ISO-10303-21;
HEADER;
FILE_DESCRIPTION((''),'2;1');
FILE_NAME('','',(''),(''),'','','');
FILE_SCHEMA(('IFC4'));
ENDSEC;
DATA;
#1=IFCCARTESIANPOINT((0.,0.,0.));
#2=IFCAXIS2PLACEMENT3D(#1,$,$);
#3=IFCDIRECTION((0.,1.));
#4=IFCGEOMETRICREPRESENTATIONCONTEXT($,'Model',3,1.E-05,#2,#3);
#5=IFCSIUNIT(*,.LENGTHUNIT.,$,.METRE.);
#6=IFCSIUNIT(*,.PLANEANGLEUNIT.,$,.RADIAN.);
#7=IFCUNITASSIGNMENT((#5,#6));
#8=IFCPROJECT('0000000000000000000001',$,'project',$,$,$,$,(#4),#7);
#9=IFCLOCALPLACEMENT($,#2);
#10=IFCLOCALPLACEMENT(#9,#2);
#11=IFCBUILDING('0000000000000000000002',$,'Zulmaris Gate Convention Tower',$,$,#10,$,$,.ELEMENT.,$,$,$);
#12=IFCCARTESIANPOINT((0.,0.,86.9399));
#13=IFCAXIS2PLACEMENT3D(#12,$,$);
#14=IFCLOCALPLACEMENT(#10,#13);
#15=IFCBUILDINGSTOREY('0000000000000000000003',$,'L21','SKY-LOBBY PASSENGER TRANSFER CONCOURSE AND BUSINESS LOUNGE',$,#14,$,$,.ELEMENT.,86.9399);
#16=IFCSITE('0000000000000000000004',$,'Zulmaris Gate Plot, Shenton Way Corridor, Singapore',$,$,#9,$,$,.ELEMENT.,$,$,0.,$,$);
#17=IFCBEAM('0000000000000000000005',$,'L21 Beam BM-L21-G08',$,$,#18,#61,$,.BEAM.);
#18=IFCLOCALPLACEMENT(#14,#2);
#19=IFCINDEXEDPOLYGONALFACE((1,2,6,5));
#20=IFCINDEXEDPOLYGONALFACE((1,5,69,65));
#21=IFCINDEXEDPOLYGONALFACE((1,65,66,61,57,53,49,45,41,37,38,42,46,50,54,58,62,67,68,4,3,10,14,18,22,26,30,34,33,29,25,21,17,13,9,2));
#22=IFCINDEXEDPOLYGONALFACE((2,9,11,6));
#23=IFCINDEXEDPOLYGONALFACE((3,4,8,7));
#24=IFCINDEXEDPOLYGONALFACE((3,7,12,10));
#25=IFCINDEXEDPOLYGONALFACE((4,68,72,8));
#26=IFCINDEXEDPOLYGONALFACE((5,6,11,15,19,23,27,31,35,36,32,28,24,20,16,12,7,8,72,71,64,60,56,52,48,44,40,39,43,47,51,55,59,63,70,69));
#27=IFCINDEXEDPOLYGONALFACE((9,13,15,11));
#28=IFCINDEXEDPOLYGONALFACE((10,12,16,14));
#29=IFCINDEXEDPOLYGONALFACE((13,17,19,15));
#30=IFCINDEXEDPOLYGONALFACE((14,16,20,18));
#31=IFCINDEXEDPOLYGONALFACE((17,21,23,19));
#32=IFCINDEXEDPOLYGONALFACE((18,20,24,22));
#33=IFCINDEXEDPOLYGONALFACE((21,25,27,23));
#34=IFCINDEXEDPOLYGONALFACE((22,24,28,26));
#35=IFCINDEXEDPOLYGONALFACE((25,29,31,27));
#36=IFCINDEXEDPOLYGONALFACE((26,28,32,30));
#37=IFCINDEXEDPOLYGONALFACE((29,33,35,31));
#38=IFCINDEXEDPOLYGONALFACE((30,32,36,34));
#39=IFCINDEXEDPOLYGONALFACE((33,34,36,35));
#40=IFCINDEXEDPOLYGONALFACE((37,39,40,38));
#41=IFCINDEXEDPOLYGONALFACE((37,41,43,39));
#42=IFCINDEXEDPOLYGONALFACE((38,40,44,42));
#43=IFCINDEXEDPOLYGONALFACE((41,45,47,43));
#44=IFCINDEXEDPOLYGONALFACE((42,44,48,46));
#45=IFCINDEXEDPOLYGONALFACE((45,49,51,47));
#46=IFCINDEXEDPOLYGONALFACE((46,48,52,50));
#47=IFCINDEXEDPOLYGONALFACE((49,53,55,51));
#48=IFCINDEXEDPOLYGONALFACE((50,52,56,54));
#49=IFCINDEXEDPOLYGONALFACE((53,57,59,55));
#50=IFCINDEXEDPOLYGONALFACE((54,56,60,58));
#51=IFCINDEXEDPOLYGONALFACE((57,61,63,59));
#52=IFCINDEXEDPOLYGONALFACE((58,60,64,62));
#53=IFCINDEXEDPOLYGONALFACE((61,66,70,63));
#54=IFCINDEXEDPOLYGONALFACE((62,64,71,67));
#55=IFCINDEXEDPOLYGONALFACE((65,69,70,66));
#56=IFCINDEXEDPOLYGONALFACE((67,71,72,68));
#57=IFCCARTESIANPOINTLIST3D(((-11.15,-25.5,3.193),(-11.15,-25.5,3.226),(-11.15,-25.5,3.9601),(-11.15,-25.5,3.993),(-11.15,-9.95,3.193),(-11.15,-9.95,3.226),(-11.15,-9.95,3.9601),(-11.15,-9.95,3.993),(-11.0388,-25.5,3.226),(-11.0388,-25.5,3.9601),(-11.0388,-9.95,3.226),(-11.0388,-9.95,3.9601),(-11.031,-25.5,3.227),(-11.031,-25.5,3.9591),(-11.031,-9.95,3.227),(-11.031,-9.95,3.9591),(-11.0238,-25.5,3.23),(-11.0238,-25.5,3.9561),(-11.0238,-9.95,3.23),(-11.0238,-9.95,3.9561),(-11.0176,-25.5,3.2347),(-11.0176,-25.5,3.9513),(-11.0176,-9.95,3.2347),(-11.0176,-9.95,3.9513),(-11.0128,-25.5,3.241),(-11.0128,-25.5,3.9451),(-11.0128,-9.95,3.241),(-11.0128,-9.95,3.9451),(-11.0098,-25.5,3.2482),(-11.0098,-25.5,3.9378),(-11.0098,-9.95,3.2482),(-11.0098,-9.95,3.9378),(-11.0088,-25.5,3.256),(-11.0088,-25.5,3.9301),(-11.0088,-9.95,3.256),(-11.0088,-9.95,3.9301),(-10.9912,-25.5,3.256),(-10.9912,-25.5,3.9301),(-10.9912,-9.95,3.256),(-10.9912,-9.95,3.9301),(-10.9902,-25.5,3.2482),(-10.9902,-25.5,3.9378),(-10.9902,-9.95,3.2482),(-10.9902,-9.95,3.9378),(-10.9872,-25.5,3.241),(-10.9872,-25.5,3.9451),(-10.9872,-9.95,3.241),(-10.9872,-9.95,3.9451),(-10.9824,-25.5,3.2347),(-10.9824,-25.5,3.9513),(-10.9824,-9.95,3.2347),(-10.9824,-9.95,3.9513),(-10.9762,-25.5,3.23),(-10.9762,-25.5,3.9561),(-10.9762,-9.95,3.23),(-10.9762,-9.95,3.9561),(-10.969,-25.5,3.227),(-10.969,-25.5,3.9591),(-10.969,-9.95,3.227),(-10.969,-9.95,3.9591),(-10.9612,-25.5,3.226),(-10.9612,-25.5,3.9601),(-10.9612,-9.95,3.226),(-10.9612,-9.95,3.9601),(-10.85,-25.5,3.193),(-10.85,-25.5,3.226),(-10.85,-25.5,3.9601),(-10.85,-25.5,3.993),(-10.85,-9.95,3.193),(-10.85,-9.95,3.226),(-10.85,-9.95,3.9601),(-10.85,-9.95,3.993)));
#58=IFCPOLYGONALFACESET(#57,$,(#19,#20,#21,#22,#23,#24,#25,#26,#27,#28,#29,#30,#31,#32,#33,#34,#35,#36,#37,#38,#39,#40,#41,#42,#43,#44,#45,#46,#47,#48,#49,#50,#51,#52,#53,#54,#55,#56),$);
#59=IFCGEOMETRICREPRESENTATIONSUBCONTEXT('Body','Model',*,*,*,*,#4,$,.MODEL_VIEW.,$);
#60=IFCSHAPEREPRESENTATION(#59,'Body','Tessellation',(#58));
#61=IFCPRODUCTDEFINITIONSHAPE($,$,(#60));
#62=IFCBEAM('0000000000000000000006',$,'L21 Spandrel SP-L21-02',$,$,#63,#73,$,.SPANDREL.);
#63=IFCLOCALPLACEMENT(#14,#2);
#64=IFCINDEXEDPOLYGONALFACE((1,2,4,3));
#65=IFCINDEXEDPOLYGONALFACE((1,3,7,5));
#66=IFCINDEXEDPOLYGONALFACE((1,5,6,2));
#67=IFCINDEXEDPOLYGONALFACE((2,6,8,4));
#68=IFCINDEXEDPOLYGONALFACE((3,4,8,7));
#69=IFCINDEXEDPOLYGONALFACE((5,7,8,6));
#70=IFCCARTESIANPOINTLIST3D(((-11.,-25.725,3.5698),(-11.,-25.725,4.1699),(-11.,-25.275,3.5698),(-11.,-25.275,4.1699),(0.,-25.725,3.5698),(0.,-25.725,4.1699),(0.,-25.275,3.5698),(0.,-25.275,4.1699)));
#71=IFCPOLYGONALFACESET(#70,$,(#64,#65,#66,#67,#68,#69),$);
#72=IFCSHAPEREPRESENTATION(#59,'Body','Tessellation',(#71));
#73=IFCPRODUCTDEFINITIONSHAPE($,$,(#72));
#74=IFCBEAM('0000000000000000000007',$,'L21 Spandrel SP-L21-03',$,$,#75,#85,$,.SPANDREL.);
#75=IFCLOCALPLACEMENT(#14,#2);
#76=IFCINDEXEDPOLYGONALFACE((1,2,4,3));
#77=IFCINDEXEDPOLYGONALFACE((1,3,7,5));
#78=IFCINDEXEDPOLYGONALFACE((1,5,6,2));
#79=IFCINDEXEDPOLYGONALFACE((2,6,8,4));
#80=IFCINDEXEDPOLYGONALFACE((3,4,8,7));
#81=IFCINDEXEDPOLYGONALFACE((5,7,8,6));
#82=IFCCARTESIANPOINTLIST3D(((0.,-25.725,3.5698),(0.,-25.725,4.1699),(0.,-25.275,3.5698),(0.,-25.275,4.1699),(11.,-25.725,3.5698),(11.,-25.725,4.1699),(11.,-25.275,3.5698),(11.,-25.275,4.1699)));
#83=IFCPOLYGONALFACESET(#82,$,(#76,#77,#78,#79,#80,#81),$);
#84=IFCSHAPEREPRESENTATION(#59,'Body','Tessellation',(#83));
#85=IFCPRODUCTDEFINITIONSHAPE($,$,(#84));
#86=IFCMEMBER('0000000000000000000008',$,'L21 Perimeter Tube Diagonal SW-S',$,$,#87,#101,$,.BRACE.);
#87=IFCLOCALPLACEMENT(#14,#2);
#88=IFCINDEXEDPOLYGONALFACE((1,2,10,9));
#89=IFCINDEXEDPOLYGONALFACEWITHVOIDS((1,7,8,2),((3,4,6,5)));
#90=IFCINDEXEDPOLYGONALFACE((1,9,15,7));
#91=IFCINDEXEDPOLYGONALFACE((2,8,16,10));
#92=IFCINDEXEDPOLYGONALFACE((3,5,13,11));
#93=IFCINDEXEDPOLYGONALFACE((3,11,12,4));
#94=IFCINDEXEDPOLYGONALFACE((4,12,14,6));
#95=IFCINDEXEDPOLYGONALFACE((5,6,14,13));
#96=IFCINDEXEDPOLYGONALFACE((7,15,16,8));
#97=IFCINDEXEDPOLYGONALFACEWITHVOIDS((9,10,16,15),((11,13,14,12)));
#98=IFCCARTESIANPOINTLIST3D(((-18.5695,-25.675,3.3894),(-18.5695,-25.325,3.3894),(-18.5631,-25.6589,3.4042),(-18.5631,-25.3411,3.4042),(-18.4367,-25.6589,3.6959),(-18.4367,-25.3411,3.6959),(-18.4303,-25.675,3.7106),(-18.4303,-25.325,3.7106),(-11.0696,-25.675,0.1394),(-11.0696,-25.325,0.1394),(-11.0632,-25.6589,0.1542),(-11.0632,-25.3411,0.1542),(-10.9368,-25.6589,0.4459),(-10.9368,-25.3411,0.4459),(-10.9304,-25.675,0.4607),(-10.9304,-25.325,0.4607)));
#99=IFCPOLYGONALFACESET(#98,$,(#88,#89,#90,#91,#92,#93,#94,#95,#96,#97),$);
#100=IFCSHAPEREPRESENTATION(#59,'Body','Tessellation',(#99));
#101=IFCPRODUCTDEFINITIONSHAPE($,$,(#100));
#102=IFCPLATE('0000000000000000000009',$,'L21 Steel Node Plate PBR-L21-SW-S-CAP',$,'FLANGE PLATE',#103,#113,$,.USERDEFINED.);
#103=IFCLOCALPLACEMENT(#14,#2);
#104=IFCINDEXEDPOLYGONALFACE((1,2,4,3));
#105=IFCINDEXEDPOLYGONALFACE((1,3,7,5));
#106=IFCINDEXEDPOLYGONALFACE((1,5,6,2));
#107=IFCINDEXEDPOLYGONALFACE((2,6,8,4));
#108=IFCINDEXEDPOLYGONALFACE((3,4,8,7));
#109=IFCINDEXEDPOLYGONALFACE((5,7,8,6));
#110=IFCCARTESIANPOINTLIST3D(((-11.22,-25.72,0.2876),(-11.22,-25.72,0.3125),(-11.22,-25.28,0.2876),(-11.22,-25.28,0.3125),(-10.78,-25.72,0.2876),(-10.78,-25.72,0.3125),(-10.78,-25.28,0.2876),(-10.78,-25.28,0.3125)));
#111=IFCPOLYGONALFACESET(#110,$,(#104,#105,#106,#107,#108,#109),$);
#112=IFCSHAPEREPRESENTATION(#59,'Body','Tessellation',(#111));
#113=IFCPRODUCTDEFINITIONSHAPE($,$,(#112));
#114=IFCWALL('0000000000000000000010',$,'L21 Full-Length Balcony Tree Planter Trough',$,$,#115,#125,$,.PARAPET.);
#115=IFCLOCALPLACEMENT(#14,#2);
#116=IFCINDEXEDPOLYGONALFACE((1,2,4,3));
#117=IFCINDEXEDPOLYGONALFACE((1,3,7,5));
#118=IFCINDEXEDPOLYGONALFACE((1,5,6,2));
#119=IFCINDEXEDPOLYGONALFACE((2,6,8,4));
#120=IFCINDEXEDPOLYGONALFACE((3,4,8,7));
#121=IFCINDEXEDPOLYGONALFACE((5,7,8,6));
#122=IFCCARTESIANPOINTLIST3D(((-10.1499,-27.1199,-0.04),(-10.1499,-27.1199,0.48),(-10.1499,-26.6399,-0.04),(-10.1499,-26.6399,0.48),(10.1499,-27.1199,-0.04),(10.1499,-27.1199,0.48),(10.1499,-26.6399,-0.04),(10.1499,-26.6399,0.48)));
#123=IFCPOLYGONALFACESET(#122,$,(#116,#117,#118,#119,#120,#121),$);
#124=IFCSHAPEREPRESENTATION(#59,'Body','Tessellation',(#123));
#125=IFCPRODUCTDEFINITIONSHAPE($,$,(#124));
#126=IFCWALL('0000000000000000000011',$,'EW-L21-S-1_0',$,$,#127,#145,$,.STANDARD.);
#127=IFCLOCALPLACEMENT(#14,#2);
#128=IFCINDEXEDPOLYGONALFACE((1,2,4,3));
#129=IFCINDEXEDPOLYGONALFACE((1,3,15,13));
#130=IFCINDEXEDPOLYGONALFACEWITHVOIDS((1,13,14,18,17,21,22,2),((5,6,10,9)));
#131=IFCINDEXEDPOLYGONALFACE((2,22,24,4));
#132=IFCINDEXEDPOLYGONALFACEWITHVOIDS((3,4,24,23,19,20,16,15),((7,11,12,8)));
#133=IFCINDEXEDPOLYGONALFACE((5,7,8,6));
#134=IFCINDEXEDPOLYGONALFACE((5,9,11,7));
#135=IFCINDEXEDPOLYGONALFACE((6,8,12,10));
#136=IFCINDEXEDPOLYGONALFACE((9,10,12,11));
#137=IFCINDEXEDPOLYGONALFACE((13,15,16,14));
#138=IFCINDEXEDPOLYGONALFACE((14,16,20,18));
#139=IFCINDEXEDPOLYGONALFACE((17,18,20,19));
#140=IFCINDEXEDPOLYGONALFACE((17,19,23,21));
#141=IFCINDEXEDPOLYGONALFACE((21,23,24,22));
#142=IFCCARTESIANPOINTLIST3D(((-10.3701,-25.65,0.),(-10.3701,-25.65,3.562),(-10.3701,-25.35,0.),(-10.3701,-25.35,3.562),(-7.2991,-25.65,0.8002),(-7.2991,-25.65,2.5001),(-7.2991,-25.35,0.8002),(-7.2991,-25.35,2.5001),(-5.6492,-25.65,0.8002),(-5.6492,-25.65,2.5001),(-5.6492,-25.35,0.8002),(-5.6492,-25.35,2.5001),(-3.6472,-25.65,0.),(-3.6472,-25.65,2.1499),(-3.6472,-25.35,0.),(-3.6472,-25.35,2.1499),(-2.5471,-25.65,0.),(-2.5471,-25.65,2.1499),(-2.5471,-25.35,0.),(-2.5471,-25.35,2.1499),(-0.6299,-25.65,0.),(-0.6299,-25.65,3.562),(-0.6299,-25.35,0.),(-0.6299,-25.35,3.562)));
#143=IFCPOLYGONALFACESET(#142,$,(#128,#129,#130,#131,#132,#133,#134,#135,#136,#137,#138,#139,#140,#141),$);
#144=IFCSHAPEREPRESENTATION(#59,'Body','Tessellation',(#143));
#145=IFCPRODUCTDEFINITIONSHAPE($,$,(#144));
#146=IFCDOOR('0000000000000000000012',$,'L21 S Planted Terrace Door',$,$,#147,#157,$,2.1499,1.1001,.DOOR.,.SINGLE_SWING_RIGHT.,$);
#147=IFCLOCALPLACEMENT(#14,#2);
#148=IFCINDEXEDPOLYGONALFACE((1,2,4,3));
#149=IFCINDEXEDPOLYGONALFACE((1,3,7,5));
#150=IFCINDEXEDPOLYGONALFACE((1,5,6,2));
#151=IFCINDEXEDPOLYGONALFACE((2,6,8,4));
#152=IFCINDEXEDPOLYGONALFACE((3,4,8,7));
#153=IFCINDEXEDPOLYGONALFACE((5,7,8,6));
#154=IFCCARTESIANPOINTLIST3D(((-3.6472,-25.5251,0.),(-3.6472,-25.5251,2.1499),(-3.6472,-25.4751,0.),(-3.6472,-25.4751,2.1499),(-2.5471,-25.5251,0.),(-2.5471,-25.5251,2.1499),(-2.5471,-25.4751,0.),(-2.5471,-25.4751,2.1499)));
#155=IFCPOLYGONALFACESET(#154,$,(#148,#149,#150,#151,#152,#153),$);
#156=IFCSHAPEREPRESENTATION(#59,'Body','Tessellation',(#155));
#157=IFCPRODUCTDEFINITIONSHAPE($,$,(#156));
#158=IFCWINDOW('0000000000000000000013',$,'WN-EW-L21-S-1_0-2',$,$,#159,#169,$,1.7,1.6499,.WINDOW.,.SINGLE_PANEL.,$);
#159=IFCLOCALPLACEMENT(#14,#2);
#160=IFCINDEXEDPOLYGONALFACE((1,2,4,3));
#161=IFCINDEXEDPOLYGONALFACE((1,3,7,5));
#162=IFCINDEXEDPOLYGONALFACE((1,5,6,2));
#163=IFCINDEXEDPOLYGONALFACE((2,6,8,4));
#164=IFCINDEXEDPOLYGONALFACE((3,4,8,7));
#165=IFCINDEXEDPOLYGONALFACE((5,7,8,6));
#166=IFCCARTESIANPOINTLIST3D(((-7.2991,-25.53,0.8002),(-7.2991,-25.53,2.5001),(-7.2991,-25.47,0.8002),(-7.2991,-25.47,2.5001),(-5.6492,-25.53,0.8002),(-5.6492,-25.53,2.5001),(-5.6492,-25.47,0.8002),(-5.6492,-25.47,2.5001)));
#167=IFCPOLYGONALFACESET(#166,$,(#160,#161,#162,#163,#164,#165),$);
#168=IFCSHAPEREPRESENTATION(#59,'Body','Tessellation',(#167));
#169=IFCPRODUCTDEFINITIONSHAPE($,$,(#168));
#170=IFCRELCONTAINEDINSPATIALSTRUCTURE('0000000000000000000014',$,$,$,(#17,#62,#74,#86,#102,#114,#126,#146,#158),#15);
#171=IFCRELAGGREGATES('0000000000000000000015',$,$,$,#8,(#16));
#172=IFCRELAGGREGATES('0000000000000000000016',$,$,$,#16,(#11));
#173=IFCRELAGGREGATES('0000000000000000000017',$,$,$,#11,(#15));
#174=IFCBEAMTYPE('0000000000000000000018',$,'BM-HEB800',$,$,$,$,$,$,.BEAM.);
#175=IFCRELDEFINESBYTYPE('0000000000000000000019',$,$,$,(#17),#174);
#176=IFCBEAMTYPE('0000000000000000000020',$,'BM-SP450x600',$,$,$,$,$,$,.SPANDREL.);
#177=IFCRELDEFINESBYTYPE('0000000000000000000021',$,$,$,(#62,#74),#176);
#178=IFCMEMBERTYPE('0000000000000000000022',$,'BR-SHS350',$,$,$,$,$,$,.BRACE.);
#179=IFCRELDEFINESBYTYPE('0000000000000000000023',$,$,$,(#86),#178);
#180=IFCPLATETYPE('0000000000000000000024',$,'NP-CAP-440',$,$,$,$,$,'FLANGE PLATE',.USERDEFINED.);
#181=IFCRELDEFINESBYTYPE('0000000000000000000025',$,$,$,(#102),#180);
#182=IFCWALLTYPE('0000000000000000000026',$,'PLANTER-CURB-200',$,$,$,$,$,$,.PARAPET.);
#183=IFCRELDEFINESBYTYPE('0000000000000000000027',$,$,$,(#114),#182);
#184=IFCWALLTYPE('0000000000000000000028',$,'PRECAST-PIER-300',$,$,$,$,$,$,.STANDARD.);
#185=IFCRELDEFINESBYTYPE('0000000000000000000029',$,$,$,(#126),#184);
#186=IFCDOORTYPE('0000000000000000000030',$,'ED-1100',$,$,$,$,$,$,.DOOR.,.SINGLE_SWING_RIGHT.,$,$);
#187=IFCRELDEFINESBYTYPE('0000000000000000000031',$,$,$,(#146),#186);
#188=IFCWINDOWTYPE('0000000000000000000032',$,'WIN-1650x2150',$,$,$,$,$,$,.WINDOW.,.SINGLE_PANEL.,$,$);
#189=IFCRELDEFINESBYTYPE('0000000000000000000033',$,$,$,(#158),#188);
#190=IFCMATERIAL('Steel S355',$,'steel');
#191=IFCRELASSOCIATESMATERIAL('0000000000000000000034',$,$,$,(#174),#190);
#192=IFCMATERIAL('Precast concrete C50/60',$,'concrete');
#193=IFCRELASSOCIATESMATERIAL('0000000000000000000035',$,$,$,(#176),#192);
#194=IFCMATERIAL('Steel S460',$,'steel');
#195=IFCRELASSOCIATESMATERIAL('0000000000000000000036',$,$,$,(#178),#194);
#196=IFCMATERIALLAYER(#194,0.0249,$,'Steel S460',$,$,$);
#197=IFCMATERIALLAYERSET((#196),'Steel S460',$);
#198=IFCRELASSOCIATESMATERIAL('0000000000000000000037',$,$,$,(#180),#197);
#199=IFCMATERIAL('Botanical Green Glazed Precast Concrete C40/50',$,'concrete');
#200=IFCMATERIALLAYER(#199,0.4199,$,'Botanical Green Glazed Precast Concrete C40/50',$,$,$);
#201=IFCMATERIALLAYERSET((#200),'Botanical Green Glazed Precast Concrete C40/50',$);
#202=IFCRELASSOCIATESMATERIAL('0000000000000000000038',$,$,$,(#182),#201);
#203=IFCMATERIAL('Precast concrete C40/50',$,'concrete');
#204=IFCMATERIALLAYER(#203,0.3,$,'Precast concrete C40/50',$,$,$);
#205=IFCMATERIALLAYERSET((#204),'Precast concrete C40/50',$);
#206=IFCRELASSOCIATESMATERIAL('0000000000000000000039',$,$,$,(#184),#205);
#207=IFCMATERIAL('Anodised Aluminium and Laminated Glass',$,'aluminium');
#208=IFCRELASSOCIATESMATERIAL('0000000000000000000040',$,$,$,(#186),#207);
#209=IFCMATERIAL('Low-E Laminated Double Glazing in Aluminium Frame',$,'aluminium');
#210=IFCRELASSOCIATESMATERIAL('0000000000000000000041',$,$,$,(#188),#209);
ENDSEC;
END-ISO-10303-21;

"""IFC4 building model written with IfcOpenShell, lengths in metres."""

from ifc_helpers import new_model, si_unit, direction, frame, frame_2d, origin, origin_2d, place, context, subcontext, project, spatial, rectangle, hollow_rectangle, i_section, extrude, material, layer, layer_set, material_profile, profile_set, type_object, element, fill, save


model = new_model("IFC4")

# Units and contexts
model_context = context("Model", 3, precision=1e-05, world=origin(), true_north=direction((0.0, 1.0)))
body_context = subcontext(model_context, "Body", "Model", "MODEL_VIEW")
ifc_project = project(units=[si_unit("LENGTHUNIT", "METRE"), si_unit("PLANEANGLEUNIT", "RADIAN")], contexts=[model_context])

# Site, building, storey
site_placement = place(None, origin())
site = spatial("IfcSite", under=ifc_project, at=site_placement, Name="Zulmaris Gate Plot, Shenton Way Corridor, Singapore", CompositionType="ELEMENT", RefElevation=0.0)
building_placement = place(site_placement, origin())
building = spatial("IfcBuilding", under=site, at=building_placement, Name="Zulmaris Gate Convention Tower", CompositionType="ELEMENT")
storey_placement = place(building_placement, frame((0.0, 0.0, 86.9399)))
storey = spatial("IfcBuildingStorey", under=building, at=storey_placement, Name="L21", Description="SKY-LOBBY PASSENGER TRANSFER CONCOURSE AND BUSINESS LOUNGE", CompositionType="ELEMENT", Elevation=86.9399)

# Beams
ifc_material_1 = material(Name="Steel S355", Category="steel")
ifc_material_profile_1 = material_profile(ifc_material_1, i_section(OverallWidth=0.3, OverallDepth=0.8, WebThickness=0.0176, FlangeThickness=0.033, FilletRadius=0.03, at=origin_2d()), Name="HEB 800")
ifc_profile_set_1 = profile_set([ifc_material_profile_1], Name="Steel S355")
beam_type_1 = type_object("IfcBeamType", Name="BM-HEB800", PredefinedType="BEAM", material=ifc_profile_set_1)
beam_1_placement = place(storey_placement, frame((-11.0, -25.5, 3.593), z_axis=(0.0, 1.0, 0.0), x_axis=(-1.0, 0.0, 0.0)))
element("IfcBeam", 1, at=beam_1_placement, inside=storey, type_object=beam_type_1, Name="L21 Beam BM-L21-G08", PredefinedType="BEAM", context=body_context, shape_type="SweptSolid", body=[
    extrude(i_section(OverallWidth=0.3, OverallDepth=0.8, WebThickness=0.0176, FlangeThickness=0.033, FilletRadius=0.03, at=origin_2d()), origin(), (0.0, 0.0, 1.0), 15.55),
])
ifc_material_2 = material(Name="Precast concrete C50/60", Category="concrete")
ifc_material_profile_2 = material_profile(ifc_material_2, rectangle(XDim=0.45, YDim=0.6001, at=origin_2d()), Name="RC SPANDREL 450x600")
ifc_profile_set_2 = profile_set([ifc_material_profile_2], Name="Precast concrete C50/60")
beam_type_2 = type_object("IfcBeamType", Name="BM-SP450x600", PredefinedType="SPANDREL", material=ifc_profile_set_2)
for number, where, z_axis, x_axis, name in (
    (2, (-11.0, -25.5, 3.8699), (1.0, 0.0, 0.0), (0.0, 1.0, 0.0), "L21 Spandrel SP-L21-02"),
    (3, (0.0, -25.5, 3.8699), (1.0, 0.0, 0.0), (0.0, 1.0, 0.0), "L21 Spandrel SP-L21-03"),
):
    element("IfcBeam", number, at=place(storey_placement, frame(where, z_axis=z_axis, x_axis=x_axis)), inside=storey, type_object=beam_type_2, Name=name, PredefinedType="SPANDREL", context=body_context, shape_type="SweptSolid", body=[
        extrude(rectangle(XDim=0.45, YDim=0.6001, at=origin_2d()), origin(), (0.0, 0.0, 1.0), 11.0),
    ])

# Member
ifc_material_3 = material(Name="Steel S460", Category="steel")
ifc_material_profile_3 = material_profile(ifc_material_3, hollow_rectangle(XDim=0.3501, YDim=0.3501, WallThickness=0.0161, at=origin_2d()), Name="SHS 350x350x16")
ifc_profile_set_3 = profile_set([ifc_material_profile_3], Name="Steel S460")
member_type = type_object("IfcMemberType", Name="BR-SHS350", PredefinedType="BRACE", material=ifc_profile_set_3)
member_placement = place(storey_placement, frame((-11.0, -25.5, 0.3), z_axis=(-0.917556, 0.0, 0.397607), x_axis=(0.0, -1.0, 0.0)))
element("IfcMember", 4, at=member_placement, inside=storey, type_object=member_type, Name="L21 Perimeter Tube Diagonal SW-S", PredefinedType="BRACE", context=body_context, shape_type="SweptSolid", body=[
    extrude(hollow_rectangle(XDim=0.3501, YDim=0.3501, WallThickness=0.0161, at=origin_2d()), origin(), (0.0, 0.0, 1.0), 8.1738),
])

# Plate
ifc_layer_1 = layer(ifc_material_3, 0.0249, Name="Steel S460")
ifc_layer_set_1 = layer_set([ifc_layer_1], Name="Steel S460")
plate_type = type_object("IfcPlateType", Name="NP-CAP-440", ElementType="FLANGE PLATE", PredefinedType="USERDEFINED", material=ifc_layer_set_1)
plate_placement = place(storey_placement, frame((-11.0, -25.5, 0.2876), z_axis=(0.0, 0.0, 1.0), x_axis=(1.0, 0.0, 0.0)))
element("IfcPlate", 5, at=plate_placement, inside=storey, type_object=plate_type, Name="L21 Steel Node Plate PBR-L21-SW-S-CAP", ObjectType="FLANGE PLATE", PredefinedType="USERDEFINED", context=body_context, shape_type="SweptSolid", body=[
    extrude(rectangle(XDim=0.4399, YDim=0.4399, at=origin_2d()), origin(), (0.0, 0.0, 1.0), 0.0249),
])

# Wall
ifc_material_4 = material(Name="Botanical Green Glazed Precast Concrete C40/50", Category="concrete")
ifc_layer_2 = layer(ifc_material_4, 0.4199, Name="Botanical Green Glazed Precast Concrete C40/50")
ifc_layer_set_2 = layer_set([ifc_layer_2], Name="Botanical Green Glazed Precast Concrete C40/50")
wall_type_1 = type_object("IfcWallType", Name="PLANTER-CURB-200", PredefinedType="PARAPET", material=ifc_layer_set_2)
wall_1_placement = place(storey_placement, frame((-10.1499, -26.8799, -0.04), z_axis=(0.0, 0.0, 1.0), x_axis=(1.0, 0.0, 0.0)))
element("IfcWall", 6, at=wall_1_placement, inside=storey, type_object=wall_type_1, Name="L21 Full-Length Balcony Tree Planter Trough", PredefinedType="PARAPET", context=body_context, shape_type="SweptSolid", body=[
    extrude(rectangle(XDim=20.2998, YDim=0.48, at=frame_2d((10.1499, 0.0))), origin(), (0.0, 0.0, 1.0), 0.52),
])

# Wall, openings, door, window
ifc_material_5 = material(Name="Precast concrete C40/50", Category="concrete")
ifc_layer_3 = layer(ifc_material_5, 0.3, Name="Precast concrete C40/50")
ifc_layer_set_3 = layer_set([ifc_layer_3], Name="Precast concrete C40/50")
wall_type_2 = type_object("IfcWallType", Name="PRECAST-PIER-300", PredefinedType="STANDARD", material=ifc_layer_set_3)
wall_2_placement = place(storey_placement, frame((-10.3701, -25.5, 0.0), z_axis=(0.0, 0.0, 1.0), x_axis=(1.0, 0.0, 0.0)))
wall_2 = element("IfcWall", 7, at=wall_2_placement, inside=storey, type_object=wall_type_2, Name="EW-L21-S-1_0", PredefinedType="STANDARD", context=body_context, shape_type="SweptSolid", body=[
    extrude(rectangle(XDim=9.7402, YDim=0.3, at=frame_2d((4.8701, 0.0))), origin(), (0.0, 0.0, 1.0), 3.562),
])
opening_1_placement = place(wall_2_placement, frame((6.7229, 0.0, 0.0)))
opening_1 = element("IfcOpeningElement", 8, at=opening_1_placement, cuts=wall_2, PredefinedType="OPENING", context=body_context, shape_type="SweptSolid", body=[
    extrude(rectangle(XDim=1.1001, YDim=2.1499, at=frame_2d((0.55, 1.075))), frame((0.0, 0.1602, 0.0), z_axis=(0.0, -1.0, 0.0), x_axis=(1.0, 0.0, 0.0)), (0.0, 0.0, 1.0), 0.3201),
])
opening_2_placement = place(wall_2_placement, frame((3.071, 0.0, 0.8)))
opening_2 = element("IfcOpeningElement", 9, at=opening_2_placement, cuts=wall_2, PredefinedType="OPENING", context=body_context, shape_type="SweptSolid", body=[
    extrude(rectangle(XDim=1.6499, YDim=1.7, at=frame_2d((0.825, 0.8501))), frame((0.0, 0.1602, 0.0), z_axis=(0.0, -1.0, 0.0), x_axis=(1.0, 0.0, 0.0)), (0.0, 0.0, 1.0), 0.3201),
])
ifc_material_6 = material(Name="Anodised Aluminium and Laminated Glass", Category="aluminium")
door_type = type_object("IfcDoorType", Name="ED-1100", OperationType="SINGLE_SWING_RIGHT", PredefinedType="DOOR", material=ifc_material_6)
door_placement = place(opening_1_placement, origin())
door = element("IfcDoor", 10, at=door_placement, inside=storey, type_object=door_type, Name="L21 S Planted Terrace Door", OperationType="SINGLE_SWING_RIGHT", OverallHeight=2.1499, OverallWidth=1.1001, PredefinedType="DOOR", context=body_context, shape_type="SweptSolid", body=[
    extrude(rectangle(XDim=1.1001, YDim=2.1499, at=frame_2d((0.55, 1.075))), frame((0.0, 0.0249, 0.0), z_axis=(0.0, -1.0, 0.0), x_axis=(1.0, 0.0, 0.0)), (0.0, 0.0, 1.0), 0.05),
])
fill(opening_1, door)
ifc_material_7 = material(Name="Low-E Laminated Double Glazing in Aluminium Frame", Category="aluminium")
window_type = type_object("IfcWindowType", Name="WIN-1650x2150", PartitioningType="SINGLE_PANEL", PredefinedType="WINDOW", material=ifc_material_7)
window_placement = place(opening_2_placement, origin())
window = element("IfcWindow", 11, at=window_placement, inside=storey, type_object=window_type, Name="WN-EW-L21-S-1_0-2", OverallHeight=1.7, OverallWidth=1.6499, PartitioningType="SINGLE_PANEL", PredefinedType="WINDOW", context=body_context, shape_type="SweptSolid", body=[
    extrude(rectangle(XDim=1.6499, YDim=1.7, at=frame_2d((0.825, 0.8501))), frame((0.0, 0.03, 0.0), z_axis=(0.0, -1.0, 0.0), x_axis=(1.0, 0.0, 0.0)), (0.0, 0.0, 1.0), 0.0601),
])
fill(opening_2, window)

save(model, "model.ifc")
